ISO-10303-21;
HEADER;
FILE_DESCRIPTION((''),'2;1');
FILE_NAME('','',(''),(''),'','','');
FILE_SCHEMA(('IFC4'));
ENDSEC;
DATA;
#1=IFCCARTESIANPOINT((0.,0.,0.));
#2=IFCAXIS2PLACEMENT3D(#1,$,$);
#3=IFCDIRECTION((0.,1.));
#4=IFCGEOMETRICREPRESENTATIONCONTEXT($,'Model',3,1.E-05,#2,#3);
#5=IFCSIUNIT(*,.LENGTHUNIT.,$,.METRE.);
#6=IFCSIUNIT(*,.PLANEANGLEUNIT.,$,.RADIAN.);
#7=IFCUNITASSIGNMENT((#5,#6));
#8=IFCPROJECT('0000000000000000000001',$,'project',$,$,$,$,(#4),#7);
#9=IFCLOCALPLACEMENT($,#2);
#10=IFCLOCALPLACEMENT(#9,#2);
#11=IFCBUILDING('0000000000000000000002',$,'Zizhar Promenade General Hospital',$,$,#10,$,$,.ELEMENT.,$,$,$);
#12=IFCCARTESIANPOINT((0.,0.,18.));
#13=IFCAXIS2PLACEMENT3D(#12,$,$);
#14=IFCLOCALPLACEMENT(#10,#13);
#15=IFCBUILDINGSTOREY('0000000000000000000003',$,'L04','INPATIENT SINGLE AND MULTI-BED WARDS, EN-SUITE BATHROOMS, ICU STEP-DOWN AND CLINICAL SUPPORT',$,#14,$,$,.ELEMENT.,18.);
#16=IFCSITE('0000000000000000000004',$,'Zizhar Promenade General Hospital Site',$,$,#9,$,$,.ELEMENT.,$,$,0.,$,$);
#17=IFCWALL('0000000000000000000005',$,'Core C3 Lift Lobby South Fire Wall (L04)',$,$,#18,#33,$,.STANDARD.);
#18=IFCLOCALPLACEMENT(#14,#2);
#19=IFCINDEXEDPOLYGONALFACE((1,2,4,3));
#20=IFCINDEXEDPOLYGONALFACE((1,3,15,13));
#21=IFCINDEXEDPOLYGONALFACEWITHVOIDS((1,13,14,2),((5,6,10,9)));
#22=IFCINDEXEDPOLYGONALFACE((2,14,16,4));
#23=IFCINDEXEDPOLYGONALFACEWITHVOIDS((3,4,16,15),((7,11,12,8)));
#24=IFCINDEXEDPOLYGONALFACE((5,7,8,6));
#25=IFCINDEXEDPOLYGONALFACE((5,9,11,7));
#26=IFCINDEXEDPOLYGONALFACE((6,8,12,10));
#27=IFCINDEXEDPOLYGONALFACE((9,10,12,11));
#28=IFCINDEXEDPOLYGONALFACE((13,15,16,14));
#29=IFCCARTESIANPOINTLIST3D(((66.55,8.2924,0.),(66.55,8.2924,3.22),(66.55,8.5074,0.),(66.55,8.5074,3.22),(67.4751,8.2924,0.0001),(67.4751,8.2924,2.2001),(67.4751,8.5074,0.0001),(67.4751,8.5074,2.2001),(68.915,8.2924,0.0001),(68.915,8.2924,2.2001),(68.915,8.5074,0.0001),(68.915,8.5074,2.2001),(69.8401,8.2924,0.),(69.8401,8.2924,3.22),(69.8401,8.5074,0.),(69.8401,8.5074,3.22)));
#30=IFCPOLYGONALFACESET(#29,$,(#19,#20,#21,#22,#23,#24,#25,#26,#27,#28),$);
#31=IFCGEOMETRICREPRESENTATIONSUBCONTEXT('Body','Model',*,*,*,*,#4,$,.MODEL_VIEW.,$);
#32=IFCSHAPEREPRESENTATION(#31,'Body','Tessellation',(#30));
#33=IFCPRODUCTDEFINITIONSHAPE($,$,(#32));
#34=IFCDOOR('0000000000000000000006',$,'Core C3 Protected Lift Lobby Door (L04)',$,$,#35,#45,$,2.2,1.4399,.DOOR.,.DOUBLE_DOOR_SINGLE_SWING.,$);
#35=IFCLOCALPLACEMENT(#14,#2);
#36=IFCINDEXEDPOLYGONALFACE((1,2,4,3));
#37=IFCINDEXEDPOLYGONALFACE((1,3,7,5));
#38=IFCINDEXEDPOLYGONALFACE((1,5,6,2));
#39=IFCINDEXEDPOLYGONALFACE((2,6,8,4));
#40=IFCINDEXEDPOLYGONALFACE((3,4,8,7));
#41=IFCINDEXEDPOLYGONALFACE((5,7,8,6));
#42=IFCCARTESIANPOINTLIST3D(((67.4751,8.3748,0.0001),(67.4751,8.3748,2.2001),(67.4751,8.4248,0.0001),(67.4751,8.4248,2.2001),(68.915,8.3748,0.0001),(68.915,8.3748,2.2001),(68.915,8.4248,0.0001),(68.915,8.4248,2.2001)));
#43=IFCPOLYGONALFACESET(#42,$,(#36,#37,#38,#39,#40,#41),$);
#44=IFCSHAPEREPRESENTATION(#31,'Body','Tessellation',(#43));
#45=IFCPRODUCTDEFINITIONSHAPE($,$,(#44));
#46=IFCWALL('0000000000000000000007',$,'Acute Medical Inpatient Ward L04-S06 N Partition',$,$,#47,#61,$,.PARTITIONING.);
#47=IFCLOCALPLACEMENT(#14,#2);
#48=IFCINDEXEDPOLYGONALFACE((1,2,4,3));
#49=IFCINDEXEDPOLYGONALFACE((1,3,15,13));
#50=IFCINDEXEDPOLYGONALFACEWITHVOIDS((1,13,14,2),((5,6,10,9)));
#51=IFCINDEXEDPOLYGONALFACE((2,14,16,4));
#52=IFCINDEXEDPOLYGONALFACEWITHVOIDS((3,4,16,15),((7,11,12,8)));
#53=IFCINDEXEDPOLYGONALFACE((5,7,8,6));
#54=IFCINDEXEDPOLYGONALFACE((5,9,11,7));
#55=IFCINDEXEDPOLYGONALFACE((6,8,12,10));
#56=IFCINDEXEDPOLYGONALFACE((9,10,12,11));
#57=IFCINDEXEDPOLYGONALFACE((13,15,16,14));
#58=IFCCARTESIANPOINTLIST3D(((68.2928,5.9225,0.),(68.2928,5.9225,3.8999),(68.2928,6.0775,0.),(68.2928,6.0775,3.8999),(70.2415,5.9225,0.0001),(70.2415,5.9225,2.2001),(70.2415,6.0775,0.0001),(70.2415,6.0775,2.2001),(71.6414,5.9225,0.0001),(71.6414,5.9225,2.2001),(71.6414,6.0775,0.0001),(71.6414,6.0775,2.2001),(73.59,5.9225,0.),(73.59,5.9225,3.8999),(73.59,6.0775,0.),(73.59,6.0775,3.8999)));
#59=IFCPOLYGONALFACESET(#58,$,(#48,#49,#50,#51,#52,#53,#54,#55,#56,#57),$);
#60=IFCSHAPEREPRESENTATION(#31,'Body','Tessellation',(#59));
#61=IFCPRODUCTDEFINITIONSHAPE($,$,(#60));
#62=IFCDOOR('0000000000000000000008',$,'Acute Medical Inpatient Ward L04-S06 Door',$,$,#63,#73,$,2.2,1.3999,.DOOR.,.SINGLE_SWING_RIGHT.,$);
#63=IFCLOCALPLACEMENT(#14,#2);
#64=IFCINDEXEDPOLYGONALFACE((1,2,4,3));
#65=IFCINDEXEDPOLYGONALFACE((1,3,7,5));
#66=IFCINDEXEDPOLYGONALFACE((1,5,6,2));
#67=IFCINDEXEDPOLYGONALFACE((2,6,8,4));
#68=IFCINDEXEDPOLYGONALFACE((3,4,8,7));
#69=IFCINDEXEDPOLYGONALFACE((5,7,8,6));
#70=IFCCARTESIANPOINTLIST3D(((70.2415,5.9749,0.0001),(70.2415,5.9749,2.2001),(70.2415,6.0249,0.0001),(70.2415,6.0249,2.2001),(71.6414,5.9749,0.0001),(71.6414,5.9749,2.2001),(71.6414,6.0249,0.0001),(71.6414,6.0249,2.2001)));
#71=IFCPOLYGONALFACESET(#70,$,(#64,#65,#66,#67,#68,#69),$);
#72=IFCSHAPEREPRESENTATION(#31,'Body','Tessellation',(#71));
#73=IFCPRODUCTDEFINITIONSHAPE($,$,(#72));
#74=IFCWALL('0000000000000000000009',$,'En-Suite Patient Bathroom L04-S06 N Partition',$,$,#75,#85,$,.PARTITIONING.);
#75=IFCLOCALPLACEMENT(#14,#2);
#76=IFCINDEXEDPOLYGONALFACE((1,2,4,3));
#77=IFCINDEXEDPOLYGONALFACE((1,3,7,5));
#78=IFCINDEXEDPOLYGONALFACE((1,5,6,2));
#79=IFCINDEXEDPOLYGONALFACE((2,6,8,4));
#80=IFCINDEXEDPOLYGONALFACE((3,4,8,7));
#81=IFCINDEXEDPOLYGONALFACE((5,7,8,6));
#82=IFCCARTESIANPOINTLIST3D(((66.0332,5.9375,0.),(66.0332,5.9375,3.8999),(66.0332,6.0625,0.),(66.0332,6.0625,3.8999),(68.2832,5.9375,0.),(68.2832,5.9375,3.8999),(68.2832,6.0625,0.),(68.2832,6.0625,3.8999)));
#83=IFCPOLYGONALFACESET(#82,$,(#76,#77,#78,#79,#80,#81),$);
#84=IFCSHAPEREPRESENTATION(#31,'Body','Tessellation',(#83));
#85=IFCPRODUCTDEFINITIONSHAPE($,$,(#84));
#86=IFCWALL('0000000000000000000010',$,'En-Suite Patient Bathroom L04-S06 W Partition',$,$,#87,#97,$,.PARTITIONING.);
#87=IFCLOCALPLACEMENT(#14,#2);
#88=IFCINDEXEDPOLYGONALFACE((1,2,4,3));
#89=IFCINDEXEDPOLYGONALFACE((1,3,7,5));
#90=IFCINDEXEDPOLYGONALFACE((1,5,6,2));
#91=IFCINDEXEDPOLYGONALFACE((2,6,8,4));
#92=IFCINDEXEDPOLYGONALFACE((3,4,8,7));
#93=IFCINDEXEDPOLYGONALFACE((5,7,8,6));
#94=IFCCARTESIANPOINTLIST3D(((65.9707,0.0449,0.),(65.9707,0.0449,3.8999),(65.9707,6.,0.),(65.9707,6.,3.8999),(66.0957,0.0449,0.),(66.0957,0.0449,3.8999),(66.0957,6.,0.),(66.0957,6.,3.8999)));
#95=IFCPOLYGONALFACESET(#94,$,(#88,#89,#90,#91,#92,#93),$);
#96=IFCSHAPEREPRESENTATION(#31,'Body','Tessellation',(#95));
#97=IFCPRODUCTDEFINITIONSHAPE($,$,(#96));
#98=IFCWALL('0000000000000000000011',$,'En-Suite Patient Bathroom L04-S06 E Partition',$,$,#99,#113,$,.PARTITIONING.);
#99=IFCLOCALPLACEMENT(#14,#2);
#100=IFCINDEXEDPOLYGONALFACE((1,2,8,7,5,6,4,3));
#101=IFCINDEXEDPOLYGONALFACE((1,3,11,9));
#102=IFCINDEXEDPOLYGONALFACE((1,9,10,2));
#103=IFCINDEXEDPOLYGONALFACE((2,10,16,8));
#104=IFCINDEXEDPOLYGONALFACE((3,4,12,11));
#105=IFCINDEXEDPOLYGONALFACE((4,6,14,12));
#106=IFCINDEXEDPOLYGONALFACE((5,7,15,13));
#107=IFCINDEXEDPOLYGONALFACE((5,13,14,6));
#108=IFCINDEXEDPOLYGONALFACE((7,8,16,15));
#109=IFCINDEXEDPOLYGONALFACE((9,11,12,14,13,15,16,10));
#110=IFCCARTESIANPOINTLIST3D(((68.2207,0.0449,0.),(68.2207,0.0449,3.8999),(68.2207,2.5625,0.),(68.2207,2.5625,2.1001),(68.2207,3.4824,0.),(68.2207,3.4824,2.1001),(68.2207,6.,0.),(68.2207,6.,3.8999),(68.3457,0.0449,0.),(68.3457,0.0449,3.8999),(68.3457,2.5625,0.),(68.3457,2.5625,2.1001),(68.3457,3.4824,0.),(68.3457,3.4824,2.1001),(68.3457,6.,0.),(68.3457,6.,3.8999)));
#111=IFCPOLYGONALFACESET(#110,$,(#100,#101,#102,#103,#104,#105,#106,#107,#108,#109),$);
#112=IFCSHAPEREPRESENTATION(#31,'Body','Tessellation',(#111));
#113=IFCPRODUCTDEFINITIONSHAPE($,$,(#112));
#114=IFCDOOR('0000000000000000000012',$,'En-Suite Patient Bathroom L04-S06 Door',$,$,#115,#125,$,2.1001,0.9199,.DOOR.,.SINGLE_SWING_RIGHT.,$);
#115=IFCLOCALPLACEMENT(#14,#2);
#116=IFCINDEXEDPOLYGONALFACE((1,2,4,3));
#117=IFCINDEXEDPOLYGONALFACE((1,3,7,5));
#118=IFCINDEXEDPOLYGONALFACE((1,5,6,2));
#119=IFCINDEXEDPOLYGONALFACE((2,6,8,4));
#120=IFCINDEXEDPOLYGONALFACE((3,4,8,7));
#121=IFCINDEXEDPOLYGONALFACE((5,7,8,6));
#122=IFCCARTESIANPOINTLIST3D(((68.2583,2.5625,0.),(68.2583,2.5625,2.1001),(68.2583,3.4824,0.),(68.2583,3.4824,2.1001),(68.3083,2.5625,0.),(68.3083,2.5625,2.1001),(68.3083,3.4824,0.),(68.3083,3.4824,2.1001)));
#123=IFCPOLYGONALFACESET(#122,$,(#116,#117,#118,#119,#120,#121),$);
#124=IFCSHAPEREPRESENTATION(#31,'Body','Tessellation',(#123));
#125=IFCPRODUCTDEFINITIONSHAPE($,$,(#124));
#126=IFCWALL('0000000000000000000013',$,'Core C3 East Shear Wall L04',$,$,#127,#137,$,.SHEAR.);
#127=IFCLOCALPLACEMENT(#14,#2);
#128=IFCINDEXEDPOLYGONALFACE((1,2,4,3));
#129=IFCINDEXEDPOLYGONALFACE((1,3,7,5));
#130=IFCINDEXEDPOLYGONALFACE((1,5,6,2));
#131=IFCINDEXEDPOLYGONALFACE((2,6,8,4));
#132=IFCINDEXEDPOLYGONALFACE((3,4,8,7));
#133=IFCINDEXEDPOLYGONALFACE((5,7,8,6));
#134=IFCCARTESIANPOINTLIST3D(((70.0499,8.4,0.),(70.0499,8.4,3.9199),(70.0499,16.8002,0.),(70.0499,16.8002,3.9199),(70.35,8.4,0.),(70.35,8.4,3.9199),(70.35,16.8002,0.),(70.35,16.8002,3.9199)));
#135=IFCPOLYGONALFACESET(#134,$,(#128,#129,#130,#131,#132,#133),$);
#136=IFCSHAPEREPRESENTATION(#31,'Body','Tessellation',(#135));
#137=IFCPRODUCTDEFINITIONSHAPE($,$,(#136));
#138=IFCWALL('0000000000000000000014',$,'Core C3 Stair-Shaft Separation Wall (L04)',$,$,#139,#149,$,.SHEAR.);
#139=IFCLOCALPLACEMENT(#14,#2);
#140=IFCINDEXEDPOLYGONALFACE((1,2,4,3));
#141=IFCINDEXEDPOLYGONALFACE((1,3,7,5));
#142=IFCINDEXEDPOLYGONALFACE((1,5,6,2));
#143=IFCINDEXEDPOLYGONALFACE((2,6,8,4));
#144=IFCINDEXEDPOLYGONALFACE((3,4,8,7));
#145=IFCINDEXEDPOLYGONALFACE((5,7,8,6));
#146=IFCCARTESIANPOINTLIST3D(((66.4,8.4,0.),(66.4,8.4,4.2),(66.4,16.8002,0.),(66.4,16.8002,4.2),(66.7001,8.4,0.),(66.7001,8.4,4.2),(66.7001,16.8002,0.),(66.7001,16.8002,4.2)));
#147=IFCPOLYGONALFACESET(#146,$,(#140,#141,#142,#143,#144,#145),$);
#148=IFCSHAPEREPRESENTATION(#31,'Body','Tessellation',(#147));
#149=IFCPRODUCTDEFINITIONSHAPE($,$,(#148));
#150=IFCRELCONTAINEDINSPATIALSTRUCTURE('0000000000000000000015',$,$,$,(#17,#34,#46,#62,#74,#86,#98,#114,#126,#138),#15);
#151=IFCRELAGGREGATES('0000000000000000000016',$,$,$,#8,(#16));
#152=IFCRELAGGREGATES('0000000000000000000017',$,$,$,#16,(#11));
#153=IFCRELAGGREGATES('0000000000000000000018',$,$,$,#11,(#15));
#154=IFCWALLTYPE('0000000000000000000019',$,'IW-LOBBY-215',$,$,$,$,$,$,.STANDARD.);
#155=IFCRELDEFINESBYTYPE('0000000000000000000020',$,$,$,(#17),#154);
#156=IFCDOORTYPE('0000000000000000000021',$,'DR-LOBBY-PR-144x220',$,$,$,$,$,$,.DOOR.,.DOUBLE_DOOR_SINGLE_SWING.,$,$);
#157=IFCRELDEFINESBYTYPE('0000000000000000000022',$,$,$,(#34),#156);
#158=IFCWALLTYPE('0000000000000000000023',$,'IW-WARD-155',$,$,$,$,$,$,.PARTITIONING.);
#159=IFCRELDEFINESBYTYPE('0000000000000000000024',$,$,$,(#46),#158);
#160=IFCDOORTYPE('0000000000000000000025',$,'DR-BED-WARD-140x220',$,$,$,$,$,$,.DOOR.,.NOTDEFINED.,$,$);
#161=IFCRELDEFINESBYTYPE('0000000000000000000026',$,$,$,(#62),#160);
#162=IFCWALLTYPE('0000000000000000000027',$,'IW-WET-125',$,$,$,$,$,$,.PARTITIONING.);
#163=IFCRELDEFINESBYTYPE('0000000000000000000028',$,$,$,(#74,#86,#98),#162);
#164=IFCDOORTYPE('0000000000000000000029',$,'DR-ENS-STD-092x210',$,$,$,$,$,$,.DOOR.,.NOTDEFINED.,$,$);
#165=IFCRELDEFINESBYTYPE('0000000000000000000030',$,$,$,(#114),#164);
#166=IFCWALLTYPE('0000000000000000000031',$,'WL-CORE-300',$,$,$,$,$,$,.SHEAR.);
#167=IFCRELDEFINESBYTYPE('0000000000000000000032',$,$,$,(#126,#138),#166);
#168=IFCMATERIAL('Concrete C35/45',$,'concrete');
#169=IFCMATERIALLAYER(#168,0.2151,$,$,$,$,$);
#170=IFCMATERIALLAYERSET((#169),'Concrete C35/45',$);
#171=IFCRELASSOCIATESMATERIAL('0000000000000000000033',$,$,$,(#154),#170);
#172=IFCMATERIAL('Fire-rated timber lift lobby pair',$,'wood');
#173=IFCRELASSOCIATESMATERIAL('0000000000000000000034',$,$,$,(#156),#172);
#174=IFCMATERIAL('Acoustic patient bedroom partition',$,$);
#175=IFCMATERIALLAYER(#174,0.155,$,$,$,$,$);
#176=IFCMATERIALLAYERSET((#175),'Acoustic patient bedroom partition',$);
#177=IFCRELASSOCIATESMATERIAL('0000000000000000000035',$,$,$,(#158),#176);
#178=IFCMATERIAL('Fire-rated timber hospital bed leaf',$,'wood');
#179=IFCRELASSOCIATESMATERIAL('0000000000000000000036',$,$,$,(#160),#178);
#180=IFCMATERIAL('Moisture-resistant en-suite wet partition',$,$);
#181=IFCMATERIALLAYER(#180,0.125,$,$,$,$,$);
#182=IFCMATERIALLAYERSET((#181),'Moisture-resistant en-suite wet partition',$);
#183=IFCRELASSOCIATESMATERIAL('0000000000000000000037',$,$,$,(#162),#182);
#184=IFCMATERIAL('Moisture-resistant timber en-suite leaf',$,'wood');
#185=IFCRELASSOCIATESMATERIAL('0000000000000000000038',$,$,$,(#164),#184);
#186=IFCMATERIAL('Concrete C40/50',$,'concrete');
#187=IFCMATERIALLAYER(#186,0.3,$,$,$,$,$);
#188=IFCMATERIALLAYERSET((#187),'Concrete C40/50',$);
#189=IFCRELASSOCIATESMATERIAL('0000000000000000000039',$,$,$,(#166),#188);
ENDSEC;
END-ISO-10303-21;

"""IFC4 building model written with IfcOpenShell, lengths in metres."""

from ifc_helpers import new_model, si_unit, direction, frame, frame_2d, origin, place, context, subcontext, project, spatial, rectangle, extrude, material, layer, layer_set, type_object, element, fill, save


model = new_model("IFC4")

# Units and contexts
model_context = context("Model", 3, precision=1e-05, world=origin(), true_north=direction((0.0, 1.0)))
body_context = subcontext(model_context, "Body", "Model", "MODEL_VIEW")
ifc_project = project(units=[si_unit("LENGTHUNIT", "METRE"), si_unit("PLANEANGLEUNIT", "RADIAN")], contexts=[model_context])

# Site, building, storey
site_placement = place(None, origin())
site = spatial("IfcSite", under=ifc_project, at=site_placement, Name="Zizhar Promenade General Hospital Site", CompositionType="ELEMENT", RefElevation=0.0)
building_placement = place(site_placement, origin())
building = spatial("IfcBuilding", under=site, at=building_placement, Name="Zizhar Promenade General Hospital", CompositionType="ELEMENT")
storey_placement = place(building_placement, frame((0.0, 0.0, 18.0)))
storey = spatial("IfcBuildingStorey", under=building, at=storey_placement, Name="L04", Description="INPATIENT SINGLE AND MULTI-BED WARDS, EN-SUITE BATHROOMS, ICU STEP-DOWN AND CLINICAL SUPPORT", CompositionType="ELEMENT", Elevation=18.0)

# Walls, openings, doors
ifc_material_1 = material(Name="Concrete C35/45", Category="concrete")
ifc_layer_1 = layer(ifc_material_1, 0.2151)
ifc_layer_set_1 = layer_set([ifc_layer_1], Name="Concrete C35/45")
wall_type_1 = type_object("IfcWallType", Name="IW-LOBBY-215", PredefinedType="STANDARD", material=ifc_layer_set_1)
wall_1_placement = place(storey_placement, frame((66.55, 8.3999, 0.0), z_axis=(0.0, 0.0, 1.0), x_axis=(1.0, 0.0, 0.0)))
wall_1 = element("IfcWall", 1, at=wall_1_placement, inside=storey, type_object=wall_type_1, Name="Core C3 Lift Lobby South Fire Wall (L04)", PredefinedType="STANDARD", context=body_context, shape_type="SweptSolid", body=[
    extrude(rectangle(XDim=3.29, YDim=0.2151, at=frame_2d((1.645, 0.0))), origin(), (0.0, 0.0, 1.0), 3.22),
])
opening_1_placement = place(wall_1_placement, frame((0.925, 0.0, 0.0)))
opening_1 = element("IfcOpeningElement", 2, at=opening_1_placement, cuts=wall_1, PredefinedType="OPENING", context=body_context, shape_type="SweptSolid", body=[
    extrude(rectangle(XDim=1.4399, YDim=2.2, at=frame_2d((0.72, 1.1001))), frame((0.0, 0.1177, 0.0), z_axis=(0.0, -1.0, 0.0), x_axis=(1.0, 0.0, 0.0)), (0.0, 0.0, 1.0), 0.2351),
])
ifc_material_2 = material(Name="Fire-rated timber lift lobby pair", Category="wood")
door_type_1 = type_object("IfcDoorType", Name="DR-LOBBY-PR-144x220", OperationType="DOUBLE_DOOR_SINGLE_SWING", PredefinedType="DOOR", material=ifc_material_2)
door_1_placement = place(opening_1_placement, origin())
door_1 = element("IfcDoor", 3, at=door_1_placement, inside=storey, type_object=door_type_1, Name="Core C3 Protected Lift Lobby Door (L04)", OperationType="DOUBLE_DOOR_SINGLE_SWING", OverallHeight=2.2, OverallWidth=1.4399, PredefinedType="DOOR", context=body_context, shape_type="SweptSolid", body=[
    extrude(rectangle(XDim=1.4399, YDim=2.2, at=frame_2d((0.72, 1.1001))), frame((0.0, 0.0249, 0.0), z_axis=(0.0, -1.0, 0.0), x_axis=(1.0, 0.0, 0.0)), (0.0, 0.0, 1.0), 0.05),
])
fill(opening_1, door_1)
ifc_material_3 = material(Name="Acoustic patient bedroom partition")
ifc_layer_2 = layer(ifc_material_3, 0.155)
ifc_layer_set_2 = layer_set([ifc_layer_2], Name="Acoustic patient bedroom partition")
wall_type_2 = type_object("IfcWallType", Name="IW-WARD-155", PredefinedType="PARTITIONING", material=ifc_layer_set_2)
wall_2_placement = place(storey_placement, frame((68.293, 6.0, 0.0), z_axis=(0.0, 0.0, 1.0), x_axis=(1.0, 0.0, 0.0)))
wall_2 = element("IfcWall", 4, at=wall_2_placement, inside=storey, type_object=wall_type_2, Name="Acute Medical Inpatient Ward L04-S06 N Partition", PredefinedType="PARTITIONING", context=body_context, shape_type="SweptSolid", body=[
    extrude(rectangle(XDim=5.2971, YDim=0.155, at=frame_2d((2.6484, 0.0))), origin(), (0.0, 0.0, 1.0), 3.8999),
])
opening_2_placement = place(wall_2_placement, frame((1.9485, 0.0, 0.0)))
opening_2 = element("IfcOpeningElement", 5, at=opening_2_placement, cuts=wall_2, PredefinedType="OPENING", context=body_context, shape_type="SweptSolid", body=[
    extrude(rectangle(XDim=1.3999, YDim=2.2, at=frame_2d((0.7, 1.1001))), frame((0.0, 0.0874, 0.0), z_axis=(0.0, -1.0, 0.0), x_axis=(1.0, 0.0, 0.0)), (0.0, 0.0, 1.0), 0.175),
])
ifc_material_4 = material(Name="Fire-rated timber hospital bed leaf", Category="wood")
door_type_2 = type_object("IfcDoorType", Name="DR-BED-WARD-140x220", OperationType="NOTDEFINED", PredefinedType="DOOR", material=ifc_material_4)
door_2_placement = place(opening_2_placement, origin())
door_2 = element("IfcDoor", 6, at=door_2_placement, inside=storey, type_object=door_type_2, Name="Acute Medical Inpatient Ward L04-S06 Door", OperationType="SINGLE_SWING_RIGHT", OverallHeight=2.2, OverallWidth=1.3999, PredefinedType="DOOR", context=body_context, shape_type="SweptSolid", body=[
    extrude(rectangle(XDim=1.3999, YDim=2.2, at=frame_2d((0.7, 1.1001))), frame((0.0, 0.0249, 0.0), z_axis=(0.0, -1.0, 0.0), x_axis=(1.0, 0.0, 0.0)), (0.0, 0.0, 1.0), 0.05),
])
fill(opening_2, door_2)

# Walls
ifc_material_5 = material(Name="Moisture-resistant en-suite wet partition")
ifc_layer_3 = layer(ifc_material_5, 0.125)
ifc_layer_set_3 = layer_set([ifc_layer_3], Name="Moisture-resistant en-suite wet partition")
wall_type_3 = type_object("IfcWallType", Name="IW-WET-125", PredefinedType="PARTITIONING", material=ifc_layer_set_3)
wall_3_placement = place(storey_placement, frame((66.0332, 6.0, 0.0), z_axis=(0.0, 0.0, 1.0), x_axis=(1.0, 0.0, 0.0)))
element("IfcWall", 7, at=wall_3_placement, inside=storey, type_object=wall_type_3, Name="En-Suite Patient Bathroom L04-S06 N Partition", PredefinedType="PARTITIONING", context=body_context, shape_type="SweptSolid", body=[
    extrude(rectangle(XDim=2.25, YDim=0.125, at=frame_2d((1.125, 0.0))), origin(), (0.0, 0.0, 1.0), 3.8999),
])
wall_4_placement = place(storey_placement, frame((66.0332, 0.0449, 0.0), z_axis=(0.0, 0.0, 1.0), x_axis=(0.0, 1.0, 0.0)))
element("IfcWall", 8, at=wall_4_placement, inside=storey, type_object=wall_type_3, Name="En-Suite Patient Bathroom L04-S06 W Partition", PredefinedType="PARTITIONING", context=body_context, shape_type="SweptSolid", body=[
    extrude(rectangle(XDim=5.9551, YDim=0.125, at=frame_2d((2.9775, 0.0))), origin(), (0.0, 0.0, 1.0), 3.8999),
])

# Wall, opening, door
wall_5_placement = place(storey_placement, frame((68.2832, 0.0449, 0.0), z_axis=(0.0, 0.0, 1.0), x_axis=(0.0, 1.0, 0.0)))
wall_5 = element("IfcWall", 9, at=wall_5_placement, inside=storey, type_object=wall_type_3, Name="En-Suite Patient Bathroom L04-S06 E Partition", PredefinedType="PARTITIONING", context=body_context, shape_type="SweptSolid", body=[
    extrude(rectangle(XDim=5.9551, YDim=0.125, at=frame_2d((2.9775, 0.0))), origin(), (0.0, 0.0, 1.0), 3.8999),
])
opening_3_placement = place(wall_5_placement, frame((2.5176, 0.0, 0.0)))
opening_3 = element("IfcOpeningElement", 10, at=opening_3_placement, cuts=wall_5, PredefinedType="OPENING", context=body_context, shape_type="SweptSolid", body=[
    extrude(rectangle(XDim=0.9199, YDim=2.1001, at=frame_2d((0.46, 1.05))), frame((0.0, 0.0725, 0.0), z_axis=(0.0, -1.0, 0.0), x_axis=(1.0, 0.0, 0.0)), (0.0, 0.0, 1.0), 0.145),
])
ifc_material_6 = material(Name="Moisture-resistant timber en-suite leaf", Category="wood")
door_type_3 = type_object("IfcDoorType", Name="DR-ENS-STD-092x210", OperationType="NOTDEFINED", PredefinedType="DOOR", material=ifc_material_6)
door_3_placement = place(opening_3_placement, origin())
door_3 = element("IfcDoor", 11, at=door_3_placement, inside=storey, type_object=door_type_3, Name="En-Suite Patient Bathroom L04-S06 Door", OperationType="SINGLE_SWING_RIGHT", OverallHeight=2.1001, OverallWidth=0.9199, PredefinedType="DOOR", context=body_context, shape_type="SweptSolid", body=[
    extrude(rectangle(XDim=0.9199, YDim=2.1001, at=frame_2d((0.46, 1.05))), frame((0.0, 0.0249, 0.0), z_axis=(0.0, -1.0, 0.0), x_axis=(1.0, 0.0, 0.0)), (0.0, 0.0, 1.0), 0.05),
])
fill(opening_3, door_3)

# Walls
ifc_material_7 = material(Name="Concrete C40/50", Category="concrete")
ifc_layer_4 = layer(ifc_material_7, 0.3)
ifc_layer_set_4 = layer_set([ifc_layer_4], Name="Concrete C40/50")
wall_type_4 = type_object("IfcWallType", Name="WL-CORE-300", PredefinedType="SHEAR", material=ifc_layer_set_4)
wall_6_placement = place(storey_placement, frame((70.2, 8.3999, 0.0), z_axis=(0.0, 0.0, 1.0), x_axis=(0.0, 1.0, 0.0)))
element("IfcWall", 12, at=wall_6_placement, inside=storey, type_object=wall_type_4, Name="Core C3 East Shear Wall L04", PredefinedType="SHEAR", context=body_context, shape_type="SweptSolid", body=[
    extrude(rectangle(XDim=8.4001, YDim=0.3, at=frame_2d((4.2002, 0.0))), origin(), (0.0, 0.0, 1.0), 3.9199),
])
wall_7_placement = place(storey_placement, frame((66.55, 8.3999, 0.0), z_axis=(0.0, 0.0, 1.0), x_axis=(0.0, 1.0, 0.0)))
element("IfcWall", 13, at=wall_7_placement, inside=storey, type_object=wall_type_4, Name="Core C3 Stair-Shaft Separation Wall (L04)", PredefinedType="SHEAR", context=body_context, shape_type="SweptSolid", body=[
    extrude(rectangle(XDim=8.4001, YDim=0.3, at=frame_2d((4.2002, 0.0))), origin(), (0.0, 0.0, 1.0), 4.2),
])

save(model, "model.ifc")
